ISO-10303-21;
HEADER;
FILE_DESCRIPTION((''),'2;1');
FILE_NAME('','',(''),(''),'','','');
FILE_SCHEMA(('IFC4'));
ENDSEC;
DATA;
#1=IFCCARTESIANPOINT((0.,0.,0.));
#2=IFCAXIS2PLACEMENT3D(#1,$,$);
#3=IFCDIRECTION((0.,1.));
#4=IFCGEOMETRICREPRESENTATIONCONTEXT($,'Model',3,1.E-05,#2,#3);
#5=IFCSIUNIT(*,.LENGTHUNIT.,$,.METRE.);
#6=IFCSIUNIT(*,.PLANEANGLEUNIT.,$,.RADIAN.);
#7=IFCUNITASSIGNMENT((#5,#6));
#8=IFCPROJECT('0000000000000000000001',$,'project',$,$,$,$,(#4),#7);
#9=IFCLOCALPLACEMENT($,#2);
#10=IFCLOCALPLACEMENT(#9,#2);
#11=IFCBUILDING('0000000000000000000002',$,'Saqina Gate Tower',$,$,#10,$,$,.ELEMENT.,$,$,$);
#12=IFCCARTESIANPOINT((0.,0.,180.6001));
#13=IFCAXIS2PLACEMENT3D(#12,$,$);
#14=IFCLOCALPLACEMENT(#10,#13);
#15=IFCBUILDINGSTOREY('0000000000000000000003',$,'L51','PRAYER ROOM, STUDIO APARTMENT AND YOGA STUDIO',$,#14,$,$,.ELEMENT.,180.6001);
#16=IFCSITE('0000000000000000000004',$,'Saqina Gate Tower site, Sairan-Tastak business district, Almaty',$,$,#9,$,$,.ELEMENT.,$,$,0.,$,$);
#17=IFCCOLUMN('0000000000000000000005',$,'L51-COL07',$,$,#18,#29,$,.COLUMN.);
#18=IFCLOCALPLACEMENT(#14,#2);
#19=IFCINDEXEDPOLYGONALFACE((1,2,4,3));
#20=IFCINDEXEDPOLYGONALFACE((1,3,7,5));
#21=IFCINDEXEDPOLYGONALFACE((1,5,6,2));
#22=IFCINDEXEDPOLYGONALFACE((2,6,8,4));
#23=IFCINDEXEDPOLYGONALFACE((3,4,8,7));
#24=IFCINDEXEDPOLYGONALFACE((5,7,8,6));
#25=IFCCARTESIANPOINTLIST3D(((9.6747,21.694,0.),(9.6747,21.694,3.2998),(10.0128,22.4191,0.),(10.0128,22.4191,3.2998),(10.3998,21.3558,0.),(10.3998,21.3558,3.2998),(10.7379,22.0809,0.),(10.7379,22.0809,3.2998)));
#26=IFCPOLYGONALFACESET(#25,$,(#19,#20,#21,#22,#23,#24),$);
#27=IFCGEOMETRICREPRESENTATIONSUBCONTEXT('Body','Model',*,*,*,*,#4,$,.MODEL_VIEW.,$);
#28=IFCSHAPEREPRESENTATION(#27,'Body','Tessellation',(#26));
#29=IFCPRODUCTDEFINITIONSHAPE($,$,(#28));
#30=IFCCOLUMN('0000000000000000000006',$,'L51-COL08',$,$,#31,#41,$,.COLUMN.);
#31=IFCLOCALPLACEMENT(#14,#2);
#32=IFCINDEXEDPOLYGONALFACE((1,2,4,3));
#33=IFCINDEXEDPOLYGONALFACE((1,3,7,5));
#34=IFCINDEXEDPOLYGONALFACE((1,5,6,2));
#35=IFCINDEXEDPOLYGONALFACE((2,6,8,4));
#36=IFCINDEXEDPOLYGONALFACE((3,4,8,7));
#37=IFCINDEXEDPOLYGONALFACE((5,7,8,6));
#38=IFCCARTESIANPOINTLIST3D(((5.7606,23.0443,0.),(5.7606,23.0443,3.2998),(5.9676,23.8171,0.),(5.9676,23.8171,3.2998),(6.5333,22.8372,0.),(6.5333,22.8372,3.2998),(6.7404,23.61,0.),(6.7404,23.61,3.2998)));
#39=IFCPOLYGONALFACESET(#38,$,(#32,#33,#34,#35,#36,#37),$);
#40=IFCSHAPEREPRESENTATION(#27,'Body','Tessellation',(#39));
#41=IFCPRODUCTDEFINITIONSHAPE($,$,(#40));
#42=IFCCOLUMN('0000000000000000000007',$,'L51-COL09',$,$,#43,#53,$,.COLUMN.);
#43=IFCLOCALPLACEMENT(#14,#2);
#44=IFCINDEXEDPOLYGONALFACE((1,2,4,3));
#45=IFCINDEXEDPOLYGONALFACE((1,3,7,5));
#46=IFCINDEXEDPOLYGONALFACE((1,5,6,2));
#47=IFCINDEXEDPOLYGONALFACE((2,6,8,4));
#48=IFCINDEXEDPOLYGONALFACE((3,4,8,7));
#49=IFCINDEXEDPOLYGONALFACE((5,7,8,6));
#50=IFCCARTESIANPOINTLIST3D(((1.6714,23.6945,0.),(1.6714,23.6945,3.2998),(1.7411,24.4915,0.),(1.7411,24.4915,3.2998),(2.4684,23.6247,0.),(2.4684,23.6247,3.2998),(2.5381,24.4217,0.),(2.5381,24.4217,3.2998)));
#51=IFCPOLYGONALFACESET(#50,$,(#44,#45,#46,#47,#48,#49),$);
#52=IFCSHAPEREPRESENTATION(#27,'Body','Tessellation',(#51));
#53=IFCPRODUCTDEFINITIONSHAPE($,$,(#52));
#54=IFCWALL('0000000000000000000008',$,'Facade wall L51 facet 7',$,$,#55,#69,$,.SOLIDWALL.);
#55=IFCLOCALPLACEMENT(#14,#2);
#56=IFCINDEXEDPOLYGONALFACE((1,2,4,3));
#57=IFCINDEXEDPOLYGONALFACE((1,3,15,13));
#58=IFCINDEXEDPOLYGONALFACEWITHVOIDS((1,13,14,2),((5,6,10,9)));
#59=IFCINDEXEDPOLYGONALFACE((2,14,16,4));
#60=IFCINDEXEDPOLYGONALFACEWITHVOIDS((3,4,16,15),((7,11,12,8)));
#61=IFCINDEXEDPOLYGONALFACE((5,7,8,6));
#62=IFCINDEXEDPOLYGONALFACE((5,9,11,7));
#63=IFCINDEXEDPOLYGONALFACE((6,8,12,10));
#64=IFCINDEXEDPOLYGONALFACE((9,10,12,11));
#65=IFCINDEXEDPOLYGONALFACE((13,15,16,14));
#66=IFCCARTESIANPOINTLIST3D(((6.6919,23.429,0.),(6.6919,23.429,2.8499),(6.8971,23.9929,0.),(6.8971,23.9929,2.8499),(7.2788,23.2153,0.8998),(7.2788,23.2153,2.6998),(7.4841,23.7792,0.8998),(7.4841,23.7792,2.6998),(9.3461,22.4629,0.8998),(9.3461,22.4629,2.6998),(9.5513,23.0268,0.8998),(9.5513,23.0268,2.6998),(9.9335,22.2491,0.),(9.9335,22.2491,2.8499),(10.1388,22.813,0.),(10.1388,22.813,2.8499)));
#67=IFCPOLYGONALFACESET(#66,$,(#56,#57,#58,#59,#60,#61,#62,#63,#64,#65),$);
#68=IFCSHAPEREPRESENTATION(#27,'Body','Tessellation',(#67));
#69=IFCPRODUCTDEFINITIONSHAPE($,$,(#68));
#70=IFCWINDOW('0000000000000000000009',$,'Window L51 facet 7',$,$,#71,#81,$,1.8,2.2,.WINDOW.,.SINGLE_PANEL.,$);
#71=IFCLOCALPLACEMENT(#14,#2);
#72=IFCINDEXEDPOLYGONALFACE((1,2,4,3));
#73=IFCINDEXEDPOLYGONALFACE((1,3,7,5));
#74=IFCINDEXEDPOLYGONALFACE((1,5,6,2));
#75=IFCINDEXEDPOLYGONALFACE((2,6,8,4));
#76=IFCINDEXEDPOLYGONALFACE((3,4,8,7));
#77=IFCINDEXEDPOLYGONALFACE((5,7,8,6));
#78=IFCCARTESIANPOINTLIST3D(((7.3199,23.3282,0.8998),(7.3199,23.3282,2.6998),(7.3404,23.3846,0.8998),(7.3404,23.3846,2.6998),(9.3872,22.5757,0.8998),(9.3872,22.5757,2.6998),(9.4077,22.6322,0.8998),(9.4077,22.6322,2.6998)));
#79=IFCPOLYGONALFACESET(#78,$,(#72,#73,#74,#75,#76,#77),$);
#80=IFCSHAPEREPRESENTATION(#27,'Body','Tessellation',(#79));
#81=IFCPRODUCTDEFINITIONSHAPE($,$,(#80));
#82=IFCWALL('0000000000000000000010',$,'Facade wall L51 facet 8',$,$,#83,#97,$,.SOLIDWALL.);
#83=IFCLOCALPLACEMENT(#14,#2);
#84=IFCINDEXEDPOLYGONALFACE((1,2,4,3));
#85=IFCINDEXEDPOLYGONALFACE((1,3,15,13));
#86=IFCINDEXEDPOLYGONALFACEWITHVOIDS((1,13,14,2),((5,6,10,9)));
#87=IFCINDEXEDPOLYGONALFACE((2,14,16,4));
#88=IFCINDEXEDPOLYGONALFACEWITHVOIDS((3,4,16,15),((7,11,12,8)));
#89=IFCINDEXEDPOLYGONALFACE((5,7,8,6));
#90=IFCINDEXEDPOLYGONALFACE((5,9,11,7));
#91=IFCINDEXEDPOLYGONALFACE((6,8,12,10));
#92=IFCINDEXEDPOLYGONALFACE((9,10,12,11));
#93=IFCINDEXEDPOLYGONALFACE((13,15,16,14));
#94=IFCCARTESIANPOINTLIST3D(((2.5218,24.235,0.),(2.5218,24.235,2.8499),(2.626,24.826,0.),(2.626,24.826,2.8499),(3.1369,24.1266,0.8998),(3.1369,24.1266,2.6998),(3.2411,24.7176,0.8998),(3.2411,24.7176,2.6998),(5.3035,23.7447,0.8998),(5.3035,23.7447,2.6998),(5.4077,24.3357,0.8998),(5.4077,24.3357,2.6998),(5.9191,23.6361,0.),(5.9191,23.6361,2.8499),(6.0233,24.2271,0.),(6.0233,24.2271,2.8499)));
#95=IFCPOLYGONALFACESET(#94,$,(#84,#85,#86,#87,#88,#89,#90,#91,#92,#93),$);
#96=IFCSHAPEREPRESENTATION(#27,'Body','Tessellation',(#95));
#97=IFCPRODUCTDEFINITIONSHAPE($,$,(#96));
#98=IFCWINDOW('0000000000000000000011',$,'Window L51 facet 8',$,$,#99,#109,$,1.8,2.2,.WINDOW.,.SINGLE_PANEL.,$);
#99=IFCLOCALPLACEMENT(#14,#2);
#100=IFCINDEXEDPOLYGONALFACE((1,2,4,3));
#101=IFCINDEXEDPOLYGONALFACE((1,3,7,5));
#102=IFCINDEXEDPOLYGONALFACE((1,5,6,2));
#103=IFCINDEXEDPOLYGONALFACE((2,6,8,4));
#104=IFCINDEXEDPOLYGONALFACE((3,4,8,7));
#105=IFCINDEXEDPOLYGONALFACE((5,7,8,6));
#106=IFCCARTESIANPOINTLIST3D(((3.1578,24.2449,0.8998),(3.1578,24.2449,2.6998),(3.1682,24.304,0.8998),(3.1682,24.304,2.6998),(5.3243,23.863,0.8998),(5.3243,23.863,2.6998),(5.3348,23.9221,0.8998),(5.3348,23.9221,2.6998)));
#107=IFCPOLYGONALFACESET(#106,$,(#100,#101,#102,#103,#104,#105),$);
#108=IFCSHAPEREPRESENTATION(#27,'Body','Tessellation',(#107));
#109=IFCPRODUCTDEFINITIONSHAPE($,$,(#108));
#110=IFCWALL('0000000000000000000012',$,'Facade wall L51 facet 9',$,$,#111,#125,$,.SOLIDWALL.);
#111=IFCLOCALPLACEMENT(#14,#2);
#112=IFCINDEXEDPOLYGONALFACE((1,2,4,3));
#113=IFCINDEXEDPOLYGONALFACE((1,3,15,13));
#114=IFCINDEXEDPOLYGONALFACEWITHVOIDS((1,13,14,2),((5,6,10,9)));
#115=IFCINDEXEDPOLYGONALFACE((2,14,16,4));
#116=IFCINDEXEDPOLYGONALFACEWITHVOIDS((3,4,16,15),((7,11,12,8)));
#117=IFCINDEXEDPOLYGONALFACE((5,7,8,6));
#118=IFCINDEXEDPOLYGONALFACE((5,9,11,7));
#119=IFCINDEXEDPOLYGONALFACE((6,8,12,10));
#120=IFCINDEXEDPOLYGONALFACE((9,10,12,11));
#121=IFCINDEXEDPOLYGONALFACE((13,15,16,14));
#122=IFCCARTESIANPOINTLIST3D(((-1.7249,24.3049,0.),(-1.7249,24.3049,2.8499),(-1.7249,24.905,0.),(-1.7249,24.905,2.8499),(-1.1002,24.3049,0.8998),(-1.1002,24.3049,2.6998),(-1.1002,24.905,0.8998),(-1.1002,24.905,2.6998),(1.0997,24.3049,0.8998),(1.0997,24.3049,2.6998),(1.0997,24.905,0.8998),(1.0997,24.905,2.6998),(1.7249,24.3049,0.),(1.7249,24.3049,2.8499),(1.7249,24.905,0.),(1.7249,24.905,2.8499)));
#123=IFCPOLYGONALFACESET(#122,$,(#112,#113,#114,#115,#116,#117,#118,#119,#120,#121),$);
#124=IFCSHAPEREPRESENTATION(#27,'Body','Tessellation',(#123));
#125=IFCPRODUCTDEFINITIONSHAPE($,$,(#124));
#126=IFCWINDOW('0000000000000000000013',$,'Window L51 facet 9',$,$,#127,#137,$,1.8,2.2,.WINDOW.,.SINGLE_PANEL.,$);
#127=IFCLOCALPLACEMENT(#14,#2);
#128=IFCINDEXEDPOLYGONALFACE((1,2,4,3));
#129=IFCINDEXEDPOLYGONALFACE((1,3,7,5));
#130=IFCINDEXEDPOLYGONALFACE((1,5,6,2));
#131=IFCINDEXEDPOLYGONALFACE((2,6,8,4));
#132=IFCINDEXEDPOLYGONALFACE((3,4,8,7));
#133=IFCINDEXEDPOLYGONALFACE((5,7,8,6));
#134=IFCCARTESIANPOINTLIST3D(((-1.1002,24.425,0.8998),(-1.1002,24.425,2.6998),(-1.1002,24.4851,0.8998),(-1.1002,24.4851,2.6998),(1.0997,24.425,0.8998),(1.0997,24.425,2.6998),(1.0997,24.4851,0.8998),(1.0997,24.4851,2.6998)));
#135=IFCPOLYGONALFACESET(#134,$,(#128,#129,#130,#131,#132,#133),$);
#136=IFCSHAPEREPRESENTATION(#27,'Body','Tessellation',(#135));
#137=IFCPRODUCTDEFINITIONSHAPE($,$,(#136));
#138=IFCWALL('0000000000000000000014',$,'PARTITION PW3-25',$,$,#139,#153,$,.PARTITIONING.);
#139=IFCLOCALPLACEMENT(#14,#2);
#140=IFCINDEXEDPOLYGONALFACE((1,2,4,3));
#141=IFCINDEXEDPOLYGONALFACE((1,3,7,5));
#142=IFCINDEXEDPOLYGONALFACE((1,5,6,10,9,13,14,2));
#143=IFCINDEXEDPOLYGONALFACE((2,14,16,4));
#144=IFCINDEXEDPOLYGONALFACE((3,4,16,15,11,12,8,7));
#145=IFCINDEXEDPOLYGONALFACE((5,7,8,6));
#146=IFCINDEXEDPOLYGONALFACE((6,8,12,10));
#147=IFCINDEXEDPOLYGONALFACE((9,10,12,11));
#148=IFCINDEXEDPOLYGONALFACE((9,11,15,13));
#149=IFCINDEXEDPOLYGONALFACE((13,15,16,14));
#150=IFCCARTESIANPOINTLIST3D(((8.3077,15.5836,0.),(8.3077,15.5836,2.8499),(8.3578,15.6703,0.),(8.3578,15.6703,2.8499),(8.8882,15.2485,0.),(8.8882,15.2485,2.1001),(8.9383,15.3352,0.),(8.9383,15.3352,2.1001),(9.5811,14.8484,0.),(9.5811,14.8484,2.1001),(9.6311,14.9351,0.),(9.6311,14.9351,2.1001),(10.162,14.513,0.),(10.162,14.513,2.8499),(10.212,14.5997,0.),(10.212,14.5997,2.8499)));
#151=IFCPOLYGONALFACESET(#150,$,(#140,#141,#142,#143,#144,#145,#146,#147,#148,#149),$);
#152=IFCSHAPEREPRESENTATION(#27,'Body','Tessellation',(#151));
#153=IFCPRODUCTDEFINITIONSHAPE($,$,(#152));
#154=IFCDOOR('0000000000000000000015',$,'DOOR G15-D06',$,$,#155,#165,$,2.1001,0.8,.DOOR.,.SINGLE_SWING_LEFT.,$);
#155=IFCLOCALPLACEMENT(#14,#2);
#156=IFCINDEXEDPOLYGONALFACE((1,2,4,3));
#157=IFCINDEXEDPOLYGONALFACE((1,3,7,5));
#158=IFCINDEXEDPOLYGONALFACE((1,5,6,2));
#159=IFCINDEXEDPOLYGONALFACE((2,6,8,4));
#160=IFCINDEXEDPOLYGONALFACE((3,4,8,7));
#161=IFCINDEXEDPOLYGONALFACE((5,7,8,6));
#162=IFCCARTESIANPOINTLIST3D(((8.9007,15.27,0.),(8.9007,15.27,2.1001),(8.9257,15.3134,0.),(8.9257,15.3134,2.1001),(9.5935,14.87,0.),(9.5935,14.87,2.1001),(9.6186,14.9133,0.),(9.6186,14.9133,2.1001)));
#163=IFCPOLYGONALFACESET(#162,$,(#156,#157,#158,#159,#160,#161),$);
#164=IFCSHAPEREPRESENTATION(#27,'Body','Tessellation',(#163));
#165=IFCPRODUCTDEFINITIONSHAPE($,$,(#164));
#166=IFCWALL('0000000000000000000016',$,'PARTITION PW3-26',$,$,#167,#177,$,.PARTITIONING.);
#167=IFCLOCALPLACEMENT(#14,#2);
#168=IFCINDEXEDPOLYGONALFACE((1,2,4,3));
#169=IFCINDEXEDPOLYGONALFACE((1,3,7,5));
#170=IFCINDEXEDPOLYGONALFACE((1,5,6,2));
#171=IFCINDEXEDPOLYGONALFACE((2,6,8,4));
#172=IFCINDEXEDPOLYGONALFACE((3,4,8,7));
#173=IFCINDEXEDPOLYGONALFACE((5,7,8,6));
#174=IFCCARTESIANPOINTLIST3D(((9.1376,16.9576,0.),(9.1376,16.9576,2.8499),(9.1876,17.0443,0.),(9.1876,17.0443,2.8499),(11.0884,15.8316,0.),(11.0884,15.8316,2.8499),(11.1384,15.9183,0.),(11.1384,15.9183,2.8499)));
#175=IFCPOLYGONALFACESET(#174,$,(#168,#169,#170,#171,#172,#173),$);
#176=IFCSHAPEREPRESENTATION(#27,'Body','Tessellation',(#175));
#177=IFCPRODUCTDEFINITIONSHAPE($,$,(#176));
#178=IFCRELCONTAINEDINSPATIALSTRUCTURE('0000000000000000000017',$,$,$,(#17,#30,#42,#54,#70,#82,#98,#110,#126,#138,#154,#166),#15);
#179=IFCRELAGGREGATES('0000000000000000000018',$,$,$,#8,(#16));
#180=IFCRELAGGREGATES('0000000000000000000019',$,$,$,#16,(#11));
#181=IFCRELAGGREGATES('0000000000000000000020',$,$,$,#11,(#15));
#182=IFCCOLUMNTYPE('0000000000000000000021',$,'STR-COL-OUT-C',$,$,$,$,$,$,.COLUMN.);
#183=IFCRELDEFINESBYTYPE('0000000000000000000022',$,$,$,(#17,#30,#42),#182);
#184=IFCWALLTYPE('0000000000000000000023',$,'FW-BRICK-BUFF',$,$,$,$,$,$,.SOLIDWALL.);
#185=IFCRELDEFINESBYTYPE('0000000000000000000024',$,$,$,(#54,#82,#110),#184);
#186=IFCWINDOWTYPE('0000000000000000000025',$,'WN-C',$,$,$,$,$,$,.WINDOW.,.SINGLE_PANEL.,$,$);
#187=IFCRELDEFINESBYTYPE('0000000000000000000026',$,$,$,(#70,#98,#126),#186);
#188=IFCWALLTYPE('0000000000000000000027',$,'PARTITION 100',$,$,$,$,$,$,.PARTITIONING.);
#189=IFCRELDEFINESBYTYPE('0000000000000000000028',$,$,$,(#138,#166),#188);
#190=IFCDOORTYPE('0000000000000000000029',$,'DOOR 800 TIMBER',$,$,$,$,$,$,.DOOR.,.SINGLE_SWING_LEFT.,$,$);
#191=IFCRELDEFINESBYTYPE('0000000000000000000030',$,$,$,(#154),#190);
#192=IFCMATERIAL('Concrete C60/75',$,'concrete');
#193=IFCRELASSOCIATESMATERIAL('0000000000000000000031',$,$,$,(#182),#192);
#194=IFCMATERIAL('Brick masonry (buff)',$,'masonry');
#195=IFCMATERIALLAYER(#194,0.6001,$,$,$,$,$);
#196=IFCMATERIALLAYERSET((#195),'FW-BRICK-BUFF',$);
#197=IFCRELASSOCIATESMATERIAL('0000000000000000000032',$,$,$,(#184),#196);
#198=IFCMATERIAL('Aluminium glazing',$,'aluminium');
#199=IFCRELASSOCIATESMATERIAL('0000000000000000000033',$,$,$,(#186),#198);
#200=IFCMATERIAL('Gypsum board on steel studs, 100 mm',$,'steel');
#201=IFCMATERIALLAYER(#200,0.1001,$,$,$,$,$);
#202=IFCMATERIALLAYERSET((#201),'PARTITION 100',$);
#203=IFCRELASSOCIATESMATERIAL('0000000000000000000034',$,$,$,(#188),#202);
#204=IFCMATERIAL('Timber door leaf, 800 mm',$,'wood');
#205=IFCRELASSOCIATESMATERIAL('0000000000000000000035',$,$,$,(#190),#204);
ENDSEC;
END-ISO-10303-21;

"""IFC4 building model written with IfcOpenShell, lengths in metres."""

from ifc_helpers import new_model, si_unit, direction, frame, frame_2d, origin, origin_2d, place, context, subcontext, project, spatial, rectangle, extrude, material, layer, layer_set, material_profile, profile_set, type_object, element, fill, save


model = new_model("IFC4")

# Units and contexts
model_context = context("Model", 3, precision=1e-05, world=origin(), true_north=direction((0.0, 1.0)))
body_context = subcontext(model_context, "Body", "Model", "MODEL_VIEW")
ifc_project = project(units=[si_unit("LENGTHUNIT", "METRE"), si_unit("PLANEANGLEUNIT", "RADIAN")], contexts=[model_context])

# Site, building, storey
site_placement = place(None, origin())
site = spatial("IfcSite", under=ifc_project, at=site_placement, Name="Saqina Gate Tower site, Sairan-Tastak business district, Almaty", CompositionType="ELEMENT", RefElevation=0.0)
building_placement = place(site_placement, origin())
building = spatial("IfcBuilding", under=site, at=building_placement, Name="Saqina Gate Tower", CompositionType="ELEMENT")
storey_placement = place(building_placement, frame((0.0, 0.0, 180.6001)))
storey = spatial("IfcBuildingStorey", under=building, at=storey_placement, Name="L51", Description="PRAYER ROOM, STUDIO APARTMENT AND YOGA STUDIO", CompositionType="ELEMENT", Elevation=180.6001)

# Columns
ifc_material_1 = material(Name="Concrete C60/75", Category="concrete")
ifc_material_profile = material_profile(ifc_material_1, rectangle(XDim=0.8, YDim=0.8, at=origin_2d()), Name="RC 800x800")
ifc_profile_set = profile_set([ifc_material_profile], Name="Concrete C60/75")
column_type = type_object("IfcColumnType", Name="STR-COL-OUT-C", PredefinedType="COLUMN", material=ifc_profile_set)
for number, where, z_axis, x_axis, name in (
    (1, (10.2063, 21.8875, 0.0), (0.0, 0.0, 1.0), (0.422618, 0.906308, 0.0), "L51-COL07"),
    (2, (6.2505, 23.3271, 0.0), (0.0, 0.0, 1.0), (0.258819, 0.965926, 0.0), "L51-COL08"),
    (3, (2.1047, 24.0581, 0.0), (0.0, 0.0, 1.0), (0.087156, 0.996195, 0.0), "L51-COL09"),
):
    element("IfcColumn", number, at=place(storey_placement, frame(where, z_axis=z_axis, x_axis=x_axis)), inside=storey, type_object=column_type, Name=name, PredefinedType="COLUMN", context=body_context, shape_type="SweptSolid", body=[
        extrude(rectangle(XDim=0.8, YDim=0.8, at=origin_2d()), origin(), (0.0, 0.0, 1.0), 3.2998),
    ])

# Walls, openings, windows
ifc_material_2 = material(Name="Brick masonry (buff)", Category="masonry")
ifc_layer_1 = layer(ifc_material_2, 0.6001)
ifc_layer_set_1 = layer_set([ifc_layer_1], Name="FW-BRICK-BUFF")
wall_type_1 = type_object("IfcWallType", Name="FW-BRICK-BUFF", PredefinedType="SOLIDWALL", material=ifc_layer_set_1)
wall_1_placement = place(storey_placement, frame((10.0361, 22.531, 0.0), z_axis=(0.0, 0.0, 1.0), x_axis=(-0.939688, 0.342033, 0.0)))
wall_1 = element("IfcWall", 4, at=wall_1_placement, inside=storey, type_object=wall_type_1, Name="Facade wall L51 facet 7", PredefinedType="SOLIDWALL", context=body_context, shape_type="SweptSolid", body=[
    extrude(rectangle(XDim=3.4497, YDim=0.6001, at=frame_2d((1.7249, 0.0))), origin(), (0.0, 0.0, 1.0), 2.8499),
])
opening_1_placement = place(wall_1_placement, frame((0.625, 0.0, 0.8999)))
opening_1 = element("IfcOpeningElement", 5, at=opening_1_placement, cuts=wall_1, PredefinedType="OPENING", context=body_context, shape_type="SweptSolid", body=[
    extrude(rectangle(XDim=2.2, YDim=1.8, at=frame_2d((1.1001, 0.8999))), frame((0.0, 0.312, 0.0), z_axis=(0.0, -1.0, 0.0), x_axis=(1.0, 0.0, 0.0)), (0.0, 0.0, 1.0), 0.624),
])
ifc_material_3 = material(Name="Aluminium glazing", Category="aluminium")
window_type = type_object("IfcWindowType", Name="WN-C", PartitioningType="SINGLE_PANEL", PredefinedType="WINDOW", material=ifc_material_3)
window_1_placement = place(opening_1_placement, origin())
window_1 = element("IfcWindow", 6, at=window_1_placement, inside=storey, type_object=window_type, Name="Window L51 facet 7", OverallHeight=1.8, OverallWidth=2.2, PartitioningType="SINGLE_PANEL", PredefinedType="WINDOW", context=body_context, shape_type="SweptSolid", body=[
    extrude(rectangle(XDim=2.2, YDim=1.8, at=frame_2d((1.1001, 0.8999))), frame((0.0, 0.1799, 0.0), z_axis=(0.0, -1.0, 0.0), x_axis=(1.0, 0.0, 0.0)), (0.0, 0.0, 1.0), 0.0601),
])
fill(opening_1, window_1)
wall_2_placement = place(storey_placement, frame((5.9712, 23.9316, 0.0), z_axis=(0.0, 0.0, 1.0), x_axis=(-0.984815, 0.173608, 0.0)))
wall_2 = element("IfcWall", 7, at=wall_2_placement, inside=storey, type_object=wall_type_1, Name="Facade wall L51 facet 8", PredefinedType="SOLIDWALL", context=body_context, shape_type="SweptSolid", body=[
    extrude(rectangle(XDim=3.4497, YDim=0.6001, at=frame_2d((1.7249, 0.0))), origin(), (0.0, 0.0, 1.0), 2.8499),
])
opening_2_placement = place(wall_2_placement, frame((0.625, 0.0, 0.8999)))
opening_2 = element("IfcOpeningElement", 8, at=opening_2_placement, cuts=wall_2, PredefinedType="OPENING", context=body_context, shape_type="SweptSolid", body=[
    extrude(rectangle(XDim=2.2, YDim=1.8, at=frame_2d((1.1001, 0.8999))), frame((0.0, 0.312, 0.0), z_axis=(0.0, -1.0, 0.0), x_axis=(1.0, 0.0, 0.0)), (0.0, 0.0, 1.0), 0.624),
])
window_2_placement = place(opening_2_placement, origin())
window_2 = element("IfcWindow", 9, at=window_2_placement, inside=storey, type_object=window_type, Name="Window L51 facet 8", OverallHeight=1.8, OverallWidth=2.2, PartitioningType="SINGLE_PANEL", PredefinedType="WINDOW", context=body_context, shape_type="SweptSolid", body=[
    extrude(rectangle(XDim=2.2, YDim=1.8, at=frame_2d((1.1001, 0.8999))), frame((0.0, 0.1799, 0.0), z_axis=(0.0, -1.0, 0.0), x_axis=(1.0, 0.0, 0.0)), (0.0, 0.0, 1.0), 0.0601),
])
fill(opening_2, window_2)
wall_3_placement = place(storey_placement, frame((1.7249, 24.605, 0.0), z_axis=(0.0, 0.0, 1.0), x_axis=(-1.0, 0.0, 0.0)))
wall_3 = element("IfcWall", 10, at=wall_3_placement, inside=storey, type_object=wall_type_1, Name="Facade wall L51 facet 9", PredefinedType="SOLIDWALL", context=body_context, shape_type="SweptSolid", body=[
    extrude(rectangle(XDim=3.4497, YDim=0.6001, at=frame_2d((1.7249, 0.0))), origin(), (0.0, 0.0, 1.0), 2.8499),
])
opening_3_placement = place(wall_3_placement, frame((0.625, 0.0, 0.8999)))
opening_3 = element("IfcOpeningElement", 11, at=opening_3_placement, cuts=wall_3, PredefinedType="OPENING", context=body_context, shape_type="SweptSolid", body=[
    extrude(rectangle(XDim=2.2, YDim=1.8, at=frame_2d((1.1001, 0.8999))), frame((0.0, 0.312, 0.0), z_axis=(0.0, -1.0, 0.0), x_axis=(1.0, 0.0, 0.0)), (0.0, 0.0, 1.0), 0.624),
])
window_3_placement = place(opening_3_placement, origin())
window_3 = element("IfcWindow", 12, at=window_3_placement, inside=storey, type_object=window_type, Name="Window L51 facet 9", OverallHeight=1.8, OverallWidth=2.2, PartitioningType="SINGLE_PANEL", PredefinedType="WINDOW", context=body_context, shape_type="SweptSolid", body=[
    extrude(rectangle(XDim=2.2, YDim=1.8, at=frame_2d((1.1001, 0.8999))), frame((0.0, 0.1799, 0.0), z_axis=(0.0, -1.0, 0.0), x_axis=(1.0, 0.0, 0.0)), (0.0, 0.0, 1.0), 0.0601),
])
fill(opening_3, window_3)

# Wall, opening, door
ifc_material_4 = material(Name="Gypsum board on steel studs, 100 mm", Category="steel")
ifc_layer_2 = layer(ifc_material_4, 0.1001)
ifc_layer_set_2 = layer_set([ifc_layer_2], Name="PARTITION 100")
wall_type_2 = type_object("IfcWallType", Name="PARTITION 100", PredefinedType="PARTITIONING", material=ifc_layer_set_2)
wall_4_placement = place(storey_placement, frame((8.3328, 15.627, 0.0), z_axis=(0.0, 0.0, 1.0), x_axis=(0.866024, -0.500002, 0.0)))
wall_4 = element("IfcWall", 13, at=wall_4_placement, inside=storey, type_object=wall_type_2, Name="PARTITION PW3-25", PredefinedType="PARTITIONING", context=body_context, shape_type="SweptSolid", body=[
    extrude(rectangle(XDim=2.1411, YDim=0.1001, at=frame_2d((1.0706, 0.0))), origin(), (0.0, 0.0, 1.0), 2.8499),
])
opening_4_placement = place(wall_4_placement, frame((0.6704, 0.0, 0.0)))
opening_4 = element("IfcOpeningElement", 14, at=opening_4_placement, cuts=wall_4, PredefinedType="OPENING", context=body_context, shape_type="SweptSolid", body=[
    extrude(rectangle(XDim=0.8, YDim=2.1001, at=frame_2d((0.3999, 1.05))), frame((0.0, 0.062, 0.0), z_axis=(0.0, -1.0, 0.0), x_axis=(1.0, 0.0, 0.0)), (0.0, 0.0, 1.0), 0.124),
])
ifc_material_5 = material(Name="Timber door leaf, 800 mm", Category="wood")
door_type_1 = type_object("IfcDoorType", Name="DOOR 800 TIMBER", OperationType="SINGLE_SWING_LEFT", PredefinedType="DOOR", material=ifc_material_5)
door_1_placement = place(opening_4_placement, origin())
door_1 = element("IfcDoor", 15, at=door_1_placement, inside=storey, type_object=door_type_1, Name="DOOR G15-D06", OperationType="SINGLE_SWING_LEFT", OverallHeight=2.1001, OverallWidth=0.8, PredefinedType="DOOR", context=body_context, shape_type="SweptSolid", body=[
    extrude(rectangle(XDim=0.8, YDim=2.1001, at=frame_2d((0.3999, 1.05))), frame((0.0, 0.0249, 0.0), z_axis=(0.0, -1.0, 0.0), x_axis=(1.0, 0.0, 0.0)), (0.0, 0.0, 1.0), 0.05),
])
fill(opening_4, door_1)

# Wall
wall_5_placement = place(storey_placement, frame((9.1626, 17.001, 0.0), z_axis=(0.0, 0.0, 1.0), x_axis=(0.866074, -0.499916, 0.0)))
element("IfcWall", 16, at=wall_5_placement, inside=storey, type_object=wall_type_2, Name="PARTITION PW3-26", PredefinedType="PARTITIONING", context=body_context, shape_type="SweptSolid", body=[
    extrude(rectangle(XDim=2.2524, YDim=0.1001, at=frame_2d((1.1262, 0.0))), origin(), (0.0, 0.0, 1.0), 2.8499),
])

save(model, "model.ifc")
